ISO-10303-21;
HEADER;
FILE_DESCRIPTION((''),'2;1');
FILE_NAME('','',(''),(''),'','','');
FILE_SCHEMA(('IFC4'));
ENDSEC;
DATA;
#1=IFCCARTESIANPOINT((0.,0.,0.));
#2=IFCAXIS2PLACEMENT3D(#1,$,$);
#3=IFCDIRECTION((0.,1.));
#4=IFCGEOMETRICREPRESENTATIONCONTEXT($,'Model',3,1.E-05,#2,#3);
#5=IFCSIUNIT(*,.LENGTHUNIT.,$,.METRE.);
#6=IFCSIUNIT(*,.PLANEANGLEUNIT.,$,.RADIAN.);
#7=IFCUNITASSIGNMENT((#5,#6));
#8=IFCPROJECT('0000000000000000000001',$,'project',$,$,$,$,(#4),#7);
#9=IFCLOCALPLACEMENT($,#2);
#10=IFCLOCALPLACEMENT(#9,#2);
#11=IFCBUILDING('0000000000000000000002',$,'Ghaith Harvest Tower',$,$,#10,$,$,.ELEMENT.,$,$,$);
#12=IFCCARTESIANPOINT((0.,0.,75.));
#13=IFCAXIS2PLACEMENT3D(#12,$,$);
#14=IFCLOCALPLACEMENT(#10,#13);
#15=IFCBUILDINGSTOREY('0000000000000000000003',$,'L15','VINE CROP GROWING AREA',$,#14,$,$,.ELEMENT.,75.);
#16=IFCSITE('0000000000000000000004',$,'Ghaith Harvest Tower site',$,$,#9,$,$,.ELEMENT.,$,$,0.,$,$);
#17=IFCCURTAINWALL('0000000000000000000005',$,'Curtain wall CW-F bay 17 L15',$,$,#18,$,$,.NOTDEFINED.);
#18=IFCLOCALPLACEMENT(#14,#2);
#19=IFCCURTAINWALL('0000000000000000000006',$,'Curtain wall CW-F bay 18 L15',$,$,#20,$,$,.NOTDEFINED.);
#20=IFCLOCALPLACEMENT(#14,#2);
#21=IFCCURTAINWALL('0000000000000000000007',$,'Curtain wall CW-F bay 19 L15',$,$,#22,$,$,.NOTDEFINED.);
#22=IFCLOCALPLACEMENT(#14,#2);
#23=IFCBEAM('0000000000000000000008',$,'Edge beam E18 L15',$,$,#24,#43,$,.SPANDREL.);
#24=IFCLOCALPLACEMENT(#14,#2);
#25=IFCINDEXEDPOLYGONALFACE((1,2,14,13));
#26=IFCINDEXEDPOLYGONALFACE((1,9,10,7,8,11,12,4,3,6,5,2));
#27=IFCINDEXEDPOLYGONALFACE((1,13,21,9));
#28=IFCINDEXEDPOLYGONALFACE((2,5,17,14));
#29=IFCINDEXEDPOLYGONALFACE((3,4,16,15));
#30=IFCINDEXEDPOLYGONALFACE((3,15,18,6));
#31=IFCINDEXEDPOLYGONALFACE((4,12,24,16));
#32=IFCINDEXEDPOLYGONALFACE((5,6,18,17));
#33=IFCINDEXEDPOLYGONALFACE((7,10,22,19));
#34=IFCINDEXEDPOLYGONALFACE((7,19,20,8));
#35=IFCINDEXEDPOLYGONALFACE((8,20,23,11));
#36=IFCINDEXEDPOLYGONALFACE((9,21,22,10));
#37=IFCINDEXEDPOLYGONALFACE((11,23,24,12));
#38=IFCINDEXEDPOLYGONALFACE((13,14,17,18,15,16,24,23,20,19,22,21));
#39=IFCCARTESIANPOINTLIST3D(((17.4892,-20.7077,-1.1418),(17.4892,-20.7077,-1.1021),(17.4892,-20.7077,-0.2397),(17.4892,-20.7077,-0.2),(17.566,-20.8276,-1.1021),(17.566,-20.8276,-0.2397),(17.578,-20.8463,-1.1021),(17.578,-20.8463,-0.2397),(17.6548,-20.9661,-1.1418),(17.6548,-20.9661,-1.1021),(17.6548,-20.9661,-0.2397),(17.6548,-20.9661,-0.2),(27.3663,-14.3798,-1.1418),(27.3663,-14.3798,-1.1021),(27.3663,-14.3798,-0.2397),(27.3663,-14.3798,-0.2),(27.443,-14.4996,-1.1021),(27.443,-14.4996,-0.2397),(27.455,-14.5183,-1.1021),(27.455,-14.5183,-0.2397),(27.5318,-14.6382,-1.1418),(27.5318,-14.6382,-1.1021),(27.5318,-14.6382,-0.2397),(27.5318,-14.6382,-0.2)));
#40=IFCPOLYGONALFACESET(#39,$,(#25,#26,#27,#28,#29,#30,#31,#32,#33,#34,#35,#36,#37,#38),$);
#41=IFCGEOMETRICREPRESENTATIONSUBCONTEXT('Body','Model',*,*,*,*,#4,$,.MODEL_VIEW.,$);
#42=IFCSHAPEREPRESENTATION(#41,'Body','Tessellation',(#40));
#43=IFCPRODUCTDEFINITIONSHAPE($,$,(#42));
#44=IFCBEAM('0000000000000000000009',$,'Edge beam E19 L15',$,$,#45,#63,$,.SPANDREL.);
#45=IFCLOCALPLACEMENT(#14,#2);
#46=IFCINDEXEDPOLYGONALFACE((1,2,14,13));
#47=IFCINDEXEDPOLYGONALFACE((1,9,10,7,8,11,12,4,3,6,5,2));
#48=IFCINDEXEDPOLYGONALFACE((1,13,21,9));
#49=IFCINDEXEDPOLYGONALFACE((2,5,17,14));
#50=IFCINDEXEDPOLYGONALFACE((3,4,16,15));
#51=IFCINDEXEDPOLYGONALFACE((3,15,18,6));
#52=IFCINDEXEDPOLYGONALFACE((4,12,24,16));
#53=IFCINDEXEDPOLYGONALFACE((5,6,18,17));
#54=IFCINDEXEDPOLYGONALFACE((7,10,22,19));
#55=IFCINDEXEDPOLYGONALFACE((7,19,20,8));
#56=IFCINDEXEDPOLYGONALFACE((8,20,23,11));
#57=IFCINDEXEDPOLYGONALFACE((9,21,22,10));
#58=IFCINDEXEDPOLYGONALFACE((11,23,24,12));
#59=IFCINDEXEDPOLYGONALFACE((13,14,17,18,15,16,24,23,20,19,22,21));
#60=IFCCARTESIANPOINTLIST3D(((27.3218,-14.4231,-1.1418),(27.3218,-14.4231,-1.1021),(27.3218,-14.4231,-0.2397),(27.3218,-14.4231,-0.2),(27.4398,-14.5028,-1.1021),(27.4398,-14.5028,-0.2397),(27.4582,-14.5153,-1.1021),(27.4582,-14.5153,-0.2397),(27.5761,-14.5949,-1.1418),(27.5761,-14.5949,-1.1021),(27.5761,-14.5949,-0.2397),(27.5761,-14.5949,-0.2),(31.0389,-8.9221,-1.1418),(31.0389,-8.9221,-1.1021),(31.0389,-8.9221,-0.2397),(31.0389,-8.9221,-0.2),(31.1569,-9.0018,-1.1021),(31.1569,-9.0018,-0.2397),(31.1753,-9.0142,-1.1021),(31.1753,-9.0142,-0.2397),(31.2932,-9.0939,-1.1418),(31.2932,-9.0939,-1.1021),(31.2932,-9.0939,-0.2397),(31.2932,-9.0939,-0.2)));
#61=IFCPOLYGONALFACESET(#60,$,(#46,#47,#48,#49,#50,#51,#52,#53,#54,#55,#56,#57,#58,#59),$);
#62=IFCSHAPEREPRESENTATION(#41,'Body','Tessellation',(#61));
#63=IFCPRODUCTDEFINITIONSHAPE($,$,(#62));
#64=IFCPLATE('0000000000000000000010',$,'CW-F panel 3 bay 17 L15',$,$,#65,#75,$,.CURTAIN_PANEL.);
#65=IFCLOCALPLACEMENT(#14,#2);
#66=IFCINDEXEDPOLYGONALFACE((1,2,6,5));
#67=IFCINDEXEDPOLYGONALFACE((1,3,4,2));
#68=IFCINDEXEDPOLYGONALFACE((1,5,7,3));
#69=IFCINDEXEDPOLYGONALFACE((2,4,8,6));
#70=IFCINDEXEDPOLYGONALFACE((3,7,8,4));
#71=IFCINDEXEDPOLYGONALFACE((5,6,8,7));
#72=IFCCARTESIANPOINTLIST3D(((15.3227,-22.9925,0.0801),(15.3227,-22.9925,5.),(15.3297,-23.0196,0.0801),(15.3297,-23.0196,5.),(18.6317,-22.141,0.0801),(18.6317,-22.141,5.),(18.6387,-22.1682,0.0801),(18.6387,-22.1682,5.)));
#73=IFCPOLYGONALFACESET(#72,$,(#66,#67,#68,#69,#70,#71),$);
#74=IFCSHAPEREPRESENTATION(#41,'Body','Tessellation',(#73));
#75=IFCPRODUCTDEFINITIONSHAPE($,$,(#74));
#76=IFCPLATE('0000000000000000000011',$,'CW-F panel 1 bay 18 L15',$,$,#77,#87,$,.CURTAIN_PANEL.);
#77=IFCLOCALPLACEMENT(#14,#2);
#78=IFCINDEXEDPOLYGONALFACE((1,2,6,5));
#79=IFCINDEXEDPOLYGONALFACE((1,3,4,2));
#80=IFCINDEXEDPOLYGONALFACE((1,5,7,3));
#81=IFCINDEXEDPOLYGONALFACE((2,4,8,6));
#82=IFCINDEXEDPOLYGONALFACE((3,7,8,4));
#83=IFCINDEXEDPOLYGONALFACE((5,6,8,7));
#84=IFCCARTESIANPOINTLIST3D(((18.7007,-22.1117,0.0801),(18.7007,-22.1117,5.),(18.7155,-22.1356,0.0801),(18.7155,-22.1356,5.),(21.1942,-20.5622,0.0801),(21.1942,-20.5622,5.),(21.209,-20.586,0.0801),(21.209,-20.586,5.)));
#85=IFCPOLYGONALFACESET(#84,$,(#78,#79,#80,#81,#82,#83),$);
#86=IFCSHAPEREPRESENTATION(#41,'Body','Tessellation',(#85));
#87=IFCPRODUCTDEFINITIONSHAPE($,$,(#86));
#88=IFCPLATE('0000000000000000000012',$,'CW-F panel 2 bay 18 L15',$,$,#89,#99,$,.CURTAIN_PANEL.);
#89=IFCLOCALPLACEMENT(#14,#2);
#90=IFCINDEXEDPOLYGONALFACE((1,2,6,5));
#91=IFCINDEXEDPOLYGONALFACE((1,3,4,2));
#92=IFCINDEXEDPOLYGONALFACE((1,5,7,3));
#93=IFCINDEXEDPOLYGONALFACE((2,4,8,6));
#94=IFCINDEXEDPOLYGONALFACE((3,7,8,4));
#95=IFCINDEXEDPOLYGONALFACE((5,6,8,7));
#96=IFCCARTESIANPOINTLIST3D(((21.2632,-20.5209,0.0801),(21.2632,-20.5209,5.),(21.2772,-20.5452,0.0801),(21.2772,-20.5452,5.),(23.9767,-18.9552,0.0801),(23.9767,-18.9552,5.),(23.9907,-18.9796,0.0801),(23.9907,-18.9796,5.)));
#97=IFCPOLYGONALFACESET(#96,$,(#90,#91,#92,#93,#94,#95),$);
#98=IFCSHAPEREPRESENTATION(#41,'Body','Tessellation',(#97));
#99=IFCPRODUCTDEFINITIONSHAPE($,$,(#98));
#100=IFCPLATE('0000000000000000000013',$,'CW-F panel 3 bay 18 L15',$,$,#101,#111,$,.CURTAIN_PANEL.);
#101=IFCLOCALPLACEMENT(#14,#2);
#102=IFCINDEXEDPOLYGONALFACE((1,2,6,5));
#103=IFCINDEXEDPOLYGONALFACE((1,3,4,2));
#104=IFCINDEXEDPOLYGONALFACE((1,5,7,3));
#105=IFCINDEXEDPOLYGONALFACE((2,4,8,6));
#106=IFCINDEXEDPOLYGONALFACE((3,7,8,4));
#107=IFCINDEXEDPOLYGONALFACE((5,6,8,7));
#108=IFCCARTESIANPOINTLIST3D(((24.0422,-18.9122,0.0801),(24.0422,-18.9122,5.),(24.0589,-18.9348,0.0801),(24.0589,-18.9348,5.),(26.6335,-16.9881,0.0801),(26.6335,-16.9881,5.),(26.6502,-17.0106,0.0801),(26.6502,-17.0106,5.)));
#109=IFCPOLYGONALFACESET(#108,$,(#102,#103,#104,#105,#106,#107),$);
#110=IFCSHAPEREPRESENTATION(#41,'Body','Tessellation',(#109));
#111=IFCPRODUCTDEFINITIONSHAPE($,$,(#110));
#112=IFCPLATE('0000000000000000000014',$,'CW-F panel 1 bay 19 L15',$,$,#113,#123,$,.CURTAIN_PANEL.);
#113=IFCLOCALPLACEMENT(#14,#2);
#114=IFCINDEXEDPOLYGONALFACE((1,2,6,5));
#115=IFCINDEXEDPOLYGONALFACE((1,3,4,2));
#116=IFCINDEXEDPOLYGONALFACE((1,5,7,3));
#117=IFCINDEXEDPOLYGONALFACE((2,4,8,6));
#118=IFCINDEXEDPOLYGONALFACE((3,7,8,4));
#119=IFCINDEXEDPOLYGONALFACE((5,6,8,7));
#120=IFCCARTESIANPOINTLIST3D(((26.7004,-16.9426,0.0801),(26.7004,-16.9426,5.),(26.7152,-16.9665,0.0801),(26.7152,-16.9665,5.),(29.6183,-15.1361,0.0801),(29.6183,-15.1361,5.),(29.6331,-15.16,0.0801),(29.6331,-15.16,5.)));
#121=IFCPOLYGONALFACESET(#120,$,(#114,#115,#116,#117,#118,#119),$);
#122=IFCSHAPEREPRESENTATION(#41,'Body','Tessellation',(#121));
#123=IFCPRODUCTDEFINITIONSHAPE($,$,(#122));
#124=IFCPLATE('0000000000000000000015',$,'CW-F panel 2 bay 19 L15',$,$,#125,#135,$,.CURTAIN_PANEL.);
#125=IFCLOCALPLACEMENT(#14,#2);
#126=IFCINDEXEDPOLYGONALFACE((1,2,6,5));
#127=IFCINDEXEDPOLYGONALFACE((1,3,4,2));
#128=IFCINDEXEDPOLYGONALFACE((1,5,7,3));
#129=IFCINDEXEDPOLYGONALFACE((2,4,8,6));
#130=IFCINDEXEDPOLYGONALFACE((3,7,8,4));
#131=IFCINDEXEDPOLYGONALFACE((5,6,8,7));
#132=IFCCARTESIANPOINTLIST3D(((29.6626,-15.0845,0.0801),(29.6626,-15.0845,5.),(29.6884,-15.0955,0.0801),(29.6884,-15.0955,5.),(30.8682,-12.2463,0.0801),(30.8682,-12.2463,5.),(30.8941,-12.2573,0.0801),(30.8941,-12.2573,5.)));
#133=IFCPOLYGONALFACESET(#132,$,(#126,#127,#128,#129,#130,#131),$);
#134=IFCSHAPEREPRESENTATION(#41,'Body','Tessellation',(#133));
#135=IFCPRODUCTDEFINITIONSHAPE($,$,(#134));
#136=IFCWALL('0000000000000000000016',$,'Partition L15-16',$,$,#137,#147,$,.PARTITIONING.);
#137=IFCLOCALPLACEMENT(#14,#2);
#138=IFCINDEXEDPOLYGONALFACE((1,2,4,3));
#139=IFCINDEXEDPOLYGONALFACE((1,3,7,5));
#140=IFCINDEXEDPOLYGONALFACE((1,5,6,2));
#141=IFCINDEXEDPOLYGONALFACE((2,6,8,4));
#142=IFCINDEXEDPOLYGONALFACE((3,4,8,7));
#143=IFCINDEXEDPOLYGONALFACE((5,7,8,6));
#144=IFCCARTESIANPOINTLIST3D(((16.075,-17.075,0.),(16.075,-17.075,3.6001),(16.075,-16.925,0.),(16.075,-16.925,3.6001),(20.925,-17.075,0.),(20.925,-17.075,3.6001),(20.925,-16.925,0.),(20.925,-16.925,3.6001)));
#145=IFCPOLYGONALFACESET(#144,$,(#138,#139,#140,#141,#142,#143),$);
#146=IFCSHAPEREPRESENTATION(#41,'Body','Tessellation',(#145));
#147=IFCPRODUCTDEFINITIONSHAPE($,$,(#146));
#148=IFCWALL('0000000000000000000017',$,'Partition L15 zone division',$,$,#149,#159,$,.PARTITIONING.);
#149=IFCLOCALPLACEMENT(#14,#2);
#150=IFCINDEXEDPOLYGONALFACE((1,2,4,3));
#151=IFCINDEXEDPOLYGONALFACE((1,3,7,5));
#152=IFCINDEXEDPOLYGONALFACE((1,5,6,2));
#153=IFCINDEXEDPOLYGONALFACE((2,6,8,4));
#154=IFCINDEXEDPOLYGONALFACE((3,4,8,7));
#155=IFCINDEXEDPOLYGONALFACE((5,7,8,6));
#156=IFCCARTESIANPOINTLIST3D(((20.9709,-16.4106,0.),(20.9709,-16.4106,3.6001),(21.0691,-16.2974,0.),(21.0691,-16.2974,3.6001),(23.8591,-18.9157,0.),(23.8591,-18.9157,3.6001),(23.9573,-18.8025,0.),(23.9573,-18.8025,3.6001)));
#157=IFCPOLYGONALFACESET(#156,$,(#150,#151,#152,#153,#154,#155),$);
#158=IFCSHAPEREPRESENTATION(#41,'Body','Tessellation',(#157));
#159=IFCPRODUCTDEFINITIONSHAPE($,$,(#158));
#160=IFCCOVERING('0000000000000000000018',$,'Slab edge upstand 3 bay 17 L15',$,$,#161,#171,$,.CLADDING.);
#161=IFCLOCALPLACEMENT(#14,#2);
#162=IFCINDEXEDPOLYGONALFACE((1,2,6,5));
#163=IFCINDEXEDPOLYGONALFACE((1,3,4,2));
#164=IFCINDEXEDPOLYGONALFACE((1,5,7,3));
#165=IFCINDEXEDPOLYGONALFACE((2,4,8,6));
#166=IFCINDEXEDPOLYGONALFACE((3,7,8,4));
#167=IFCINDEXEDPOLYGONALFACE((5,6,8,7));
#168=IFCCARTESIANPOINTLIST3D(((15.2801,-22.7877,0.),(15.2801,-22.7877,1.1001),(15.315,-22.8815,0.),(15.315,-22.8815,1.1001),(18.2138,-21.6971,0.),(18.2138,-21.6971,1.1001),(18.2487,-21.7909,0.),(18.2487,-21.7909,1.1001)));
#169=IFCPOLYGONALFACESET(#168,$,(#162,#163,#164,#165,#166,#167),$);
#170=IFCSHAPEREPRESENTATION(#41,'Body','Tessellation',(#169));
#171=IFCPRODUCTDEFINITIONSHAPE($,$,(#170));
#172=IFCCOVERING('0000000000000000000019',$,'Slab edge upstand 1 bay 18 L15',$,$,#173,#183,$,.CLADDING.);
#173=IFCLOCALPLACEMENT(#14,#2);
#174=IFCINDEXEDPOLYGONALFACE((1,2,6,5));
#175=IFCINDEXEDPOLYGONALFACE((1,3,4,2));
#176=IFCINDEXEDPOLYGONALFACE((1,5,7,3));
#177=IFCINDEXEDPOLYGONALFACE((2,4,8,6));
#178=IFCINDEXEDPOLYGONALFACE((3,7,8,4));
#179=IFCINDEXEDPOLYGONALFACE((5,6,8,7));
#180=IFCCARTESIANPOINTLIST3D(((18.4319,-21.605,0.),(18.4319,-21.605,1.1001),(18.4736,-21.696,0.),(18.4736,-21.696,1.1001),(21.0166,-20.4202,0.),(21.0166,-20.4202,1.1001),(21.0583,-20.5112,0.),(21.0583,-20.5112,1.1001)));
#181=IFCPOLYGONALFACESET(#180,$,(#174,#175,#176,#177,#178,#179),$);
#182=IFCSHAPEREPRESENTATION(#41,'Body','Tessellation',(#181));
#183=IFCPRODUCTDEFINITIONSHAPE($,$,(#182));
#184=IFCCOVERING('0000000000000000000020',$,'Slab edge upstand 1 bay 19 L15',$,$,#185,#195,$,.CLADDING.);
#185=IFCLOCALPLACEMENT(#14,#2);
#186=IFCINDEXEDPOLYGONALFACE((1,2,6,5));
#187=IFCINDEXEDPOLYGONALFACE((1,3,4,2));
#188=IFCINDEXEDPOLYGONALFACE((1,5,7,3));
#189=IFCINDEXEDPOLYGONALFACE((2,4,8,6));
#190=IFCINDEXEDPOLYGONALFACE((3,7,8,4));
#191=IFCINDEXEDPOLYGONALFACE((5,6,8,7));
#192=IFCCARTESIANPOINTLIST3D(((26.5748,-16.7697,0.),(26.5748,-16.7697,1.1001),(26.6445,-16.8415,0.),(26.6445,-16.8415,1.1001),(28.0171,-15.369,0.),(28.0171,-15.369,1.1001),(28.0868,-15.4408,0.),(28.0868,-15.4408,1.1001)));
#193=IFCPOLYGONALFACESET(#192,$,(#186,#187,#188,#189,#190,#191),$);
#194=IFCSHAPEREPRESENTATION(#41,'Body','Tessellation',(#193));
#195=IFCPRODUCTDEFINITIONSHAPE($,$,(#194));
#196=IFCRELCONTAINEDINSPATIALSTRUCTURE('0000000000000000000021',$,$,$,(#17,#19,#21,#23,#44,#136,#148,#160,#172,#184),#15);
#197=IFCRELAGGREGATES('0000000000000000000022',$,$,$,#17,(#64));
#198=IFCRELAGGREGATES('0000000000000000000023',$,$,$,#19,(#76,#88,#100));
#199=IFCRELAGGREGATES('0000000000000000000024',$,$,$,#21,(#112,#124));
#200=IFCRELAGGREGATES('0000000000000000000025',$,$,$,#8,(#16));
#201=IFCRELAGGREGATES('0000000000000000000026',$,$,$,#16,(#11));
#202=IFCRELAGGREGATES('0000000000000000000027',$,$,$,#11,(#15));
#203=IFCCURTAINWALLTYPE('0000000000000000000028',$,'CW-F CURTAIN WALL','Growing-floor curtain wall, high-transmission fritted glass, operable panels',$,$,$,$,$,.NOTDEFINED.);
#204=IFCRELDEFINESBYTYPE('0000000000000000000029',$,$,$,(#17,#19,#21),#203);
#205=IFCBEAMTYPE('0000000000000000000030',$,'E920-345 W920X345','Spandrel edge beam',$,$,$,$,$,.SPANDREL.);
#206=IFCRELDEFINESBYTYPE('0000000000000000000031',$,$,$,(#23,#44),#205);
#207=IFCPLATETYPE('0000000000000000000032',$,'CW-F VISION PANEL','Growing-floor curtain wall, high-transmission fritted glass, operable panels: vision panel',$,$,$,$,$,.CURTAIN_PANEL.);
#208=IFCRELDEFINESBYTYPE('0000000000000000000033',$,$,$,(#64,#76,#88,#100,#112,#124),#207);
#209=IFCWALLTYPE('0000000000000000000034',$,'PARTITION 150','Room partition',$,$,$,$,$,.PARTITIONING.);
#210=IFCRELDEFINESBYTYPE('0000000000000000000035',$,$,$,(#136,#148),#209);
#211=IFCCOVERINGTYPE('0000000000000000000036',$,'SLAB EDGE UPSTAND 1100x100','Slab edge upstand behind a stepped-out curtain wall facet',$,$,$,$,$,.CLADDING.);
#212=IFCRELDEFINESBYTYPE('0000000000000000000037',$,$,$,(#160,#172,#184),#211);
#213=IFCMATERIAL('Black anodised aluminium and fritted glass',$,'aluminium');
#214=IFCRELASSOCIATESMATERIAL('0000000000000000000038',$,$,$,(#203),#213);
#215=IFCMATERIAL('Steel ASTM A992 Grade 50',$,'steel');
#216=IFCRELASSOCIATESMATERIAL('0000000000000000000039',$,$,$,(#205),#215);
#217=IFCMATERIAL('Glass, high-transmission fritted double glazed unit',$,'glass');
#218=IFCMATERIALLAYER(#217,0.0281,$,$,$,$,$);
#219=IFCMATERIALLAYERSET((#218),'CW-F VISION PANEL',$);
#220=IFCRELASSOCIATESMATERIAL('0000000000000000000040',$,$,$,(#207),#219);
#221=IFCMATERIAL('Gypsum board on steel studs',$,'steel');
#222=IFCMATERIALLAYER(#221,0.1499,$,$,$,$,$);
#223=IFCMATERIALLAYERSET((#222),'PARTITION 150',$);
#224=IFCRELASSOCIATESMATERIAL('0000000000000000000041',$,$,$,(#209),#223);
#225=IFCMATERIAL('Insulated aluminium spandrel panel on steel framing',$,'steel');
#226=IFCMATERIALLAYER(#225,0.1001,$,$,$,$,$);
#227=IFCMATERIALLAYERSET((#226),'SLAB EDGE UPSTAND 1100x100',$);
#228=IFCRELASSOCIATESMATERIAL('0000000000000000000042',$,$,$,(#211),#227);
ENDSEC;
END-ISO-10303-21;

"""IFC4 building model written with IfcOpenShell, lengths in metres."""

from ifc_helpers import new_model, si_unit, direction, frame, frame_2d, origin, origin_2d, place, context, subcontext, project, spatial, rectangle, i_section, extrude, material, layer, layer_set, material_profile, profile_set, type_object, element, aggregate, save


model = new_model("IFC4")

# Units and contexts
model_context = context("Model", 3, precision=1e-05, world=origin(), true_north=direction((0.0, 1.0)))
body_context = subcontext(model_context, "Body", "Model", "MODEL_VIEW")
ifc_project = project(units=[si_unit("LENGTHUNIT", "METRE"), si_unit("PLANEANGLEUNIT", "RADIAN")], contexts=[model_context])

# Site, building, storey
site_placement = place(None, origin())
site = spatial("IfcSite", under=ifc_project, at=site_placement, Name="Ghaith Harvest Tower site", CompositionType="ELEMENT", RefElevation=0.0)
building_placement = place(site_placement, origin())
building = spatial("IfcBuilding", under=site, at=building_placement, Name="Ghaith Harvest Tower", CompositionType="ELEMENT")
storey_placement = place(building_placement, frame((0.0, 0.0, 75.0)))
storey = spatial("IfcBuildingStorey", under=building, at=storey_placement, Name="L15", Description="VINE CROP GROWING AREA", CompositionType="ELEMENT", Elevation=75.0)

# Curtain wall
ifc_material_1 = material(Name="Black anodised aluminium and fritted glass", Category="aluminium")
curtain_wall_type = type_object("IfcCurtainWallType", Name="CW-F CURTAIN WALL", Description="Growing-floor curtain wall, high-transmission fritted glass, operable panels", PredefinedType="NOTDEFINED", material=ifc_material_1)
curtain_wall_1_placement = place(storey_placement, origin())
curtain_wall_1 = element("IfcCurtainWall", 1, at=curtain_wall_1_placement, inside=storey, type_object=curtain_wall_type, Name="Curtain wall CW-F bay 17 L15", PredefinedType="NOTDEFINED")

# Curtain walls
curtain_wall_2_placement = place(storey_placement, origin())
curtain_wall_2 = element("IfcCurtainWall", 2, at=curtain_wall_2_placement, inside=storey, type_object=curtain_wall_type, Name="Curtain wall CW-F bay 18 L15", PredefinedType="NOTDEFINED")
curtain_wall_3_placement = place(storey_placement, origin())
curtain_wall_3 = element("IfcCurtainWall", 3, at=curtain_wall_3_placement, inside=storey, type_object=curtain_wall_type, Name="Curtain wall CW-F bay 19 L15", PredefinedType="NOTDEFINED")

# Beams
ifc_material_2 = material(Name="Steel ASTM A992 Grade 50", Category="steel")
ifc_material_profile_1 = material_profile(ifc_material_2, i_section(OverallWidth=0.3069, OverallDepth=0.9419, WebThickness=0.0222, FlangeThickness=0.0398, at=origin_2d()), Name="W920X345")
ifc_profile_set_1 = profile_set([ifc_material_profile_1], Name="Steel ASTM A992 Grade 50")
beam_type = type_object("IfcBeamType", Name="E920-345 W920X345", Description="Spandrel edge beam", PredefinedType="SPANDREL", material=ifc_profile_set_1)
beam_1_placement = place(storey_placement, frame((17.572, -20.8369, -0.6709), z_axis=(0.842015, 0.539455, 0.0), x_axis=(-0.539455, 0.842015, 0.0)))
element("IfcBeam", 4, at=beam_1_placement, inside=storey, type_object=beam_type, Name="Edge beam E18 L15", PredefinedType="SPANDREL", context=body_context, shape_type="SweptSolid", body=[
    extrude(i_section(OverallWidth=0.3069, OverallDepth=0.9419, WebThickness=0.0222, FlangeThickness=0.0398, at=origin_2d()), origin(), (0.0, 0.0, 1.0), 11.7302),
])
beam_2_placement = place(storey_placement, frame((27.449, -14.509, -0.6709), z_axis=(0.559874, 0.828577, 0.0), x_axis=(-0.828577, 0.559874, 0.0)))
element("IfcBeam", 5, at=beam_2_placement, inside=storey, type_object=beam_type, Name="Edge beam E19 L15", PredefinedType="SPANDREL", context=body_context, shape_type="SweptSolid", body=[
    extrude(i_section(OverallWidth=0.3069, OverallDepth=0.9419, WebThickness=0.0222, FlangeThickness=0.0398, at=origin_2d()), origin(), (0.0, 0.0, 1.0), 6.6392),
])

# Plates
ifc_material_3 = material(Name="Glass, high-transmission fritted double glazed unit", Category="glass")
ifc_layer_1 = layer(ifc_material_3, 0.0281)
ifc_layer_set_1 = layer_set([ifc_layer_1], Name="CW-F VISION PANEL")
plate_type = type_object("IfcPlateType", Name="CW-F VISION PANEL", Description="Growing-floor curtain wall, high-transmission fritted glass, operable panels: vision panel", PredefinedType="CURTAIN_PANEL", material=ifc_layer_set_1)
plate_1_placement = place(storey_placement, frame((16.9807, -22.5803, 0.0801), z_axis=(0.0, 0.0, 1.0), x_axis=(0.968451, 0.249202, 0.0)))
plate_1 = element("IfcPlate", 6, at=plate_1_placement, type_object=plate_type, Name="CW-F panel 3 bay 17 L15", PredefinedType="CURTAIN_PANEL", context=body_context, shape_type="SweptSolid", body=[
    extrude(rectangle(XDim=3.4167, YDim=0.0281, at=origin_2d()), origin(), (0.0, 0.0, 1.0), 4.9199),
])
aggregate(curtain_wall_1, [plate_1])
plate_2_placement = place(storey_placement, frame((19.9548, -21.3489, 0.0801), z_axis=(0.0, 0.0, 1.0), x_axis=(0.849361, 0.527813, 0.0)))
plate_2 = element("IfcPlate", 7, at=plate_2_placement, type_object=plate_type, Name="CW-F panel 1 bay 18 L15", PredefinedType="CURTAIN_PANEL", context=body_context, shape_type="SweptSolid", body=[
    extrude(rectangle(XDim=2.9358, YDim=0.0281, at=origin_2d()), origin(), (0.0, 0.0, 1.0), 4.9199),
])
plate_3_placement = place(storey_placement, frame((22.627, -19.7502, 0.0801), z_axis=(0.0, 0.0, 1.0), x_axis=(0.866159, 0.499768, 0.0)))
plate_3 = element("IfcPlate", 8, at=plate_3_placement, type_object=plate_type, Name="CW-F panel 2 bay 18 L15", PredefinedType="CURTAIN_PANEL", context=body_context, shape_type="SweptSolid", body=[
    extrude(rectangle(XDim=3.1328, YDim=0.0281, at=origin_2d()), origin(), (0.0, 0.0, 1.0), 4.9199),
])
plate_4_placement = place(storey_placement, frame((25.3462, -17.9614, 0.0801), z_axis=(0.0, 0.0, 1.0), x_axis=(0.802867, 0.596158, 0.0)))
plate_4 = element("IfcPlate", 9, at=plate_4_placement, type_object=plate_type, Name="CW-F panel 3 bay 18 L15", PredefinedType="CURTAIN_PANEL", context=body_context, shape_type="SweptSolid", body=[
    extrude(rectangle(XDim=3.2275, YDim=0.0281, at=origin_2d()), origin(), (0.0, 0.0, 1.0), 4.9199),
])
aggregate(curtain_wall_2, [plate_2, plate_3, plate_4])
plate_5_placement = place(storey_placement, frame((28.1667, -16.0513, 0.0801), z_axis=(0.0, 0.0, 1.0), x_axis=(0.850246, 0.526386, 0.0)))
plate_5 = element("IfcPlate", 10, at=plate_5_placement, type_object=plate_type, Name="CW-F panel 1 bay 19 L15", PredefinedType="CURTAIN_PANEL", context=body_context, shape_type="SweptSolid", body=[
    extrude(rectangle(XDim=3.4319, YDim=0.0281, at=origin_2d()), origin(), (0.0, 0.0, 1.0), 4.9199),
])
plate_6_placement = place(storey_placement, frame((30.2783, -13.6709, 0.0801), z_axis=(0.0, 0.0, 1.0), x_axis=(0.39098, 0.920399, 0.0)))
plate_6 = element("IfcPlate", 11, at=plate_6_placement, type_object=plate_type, Name="CW-F panel 2 bay 19 L15", PredefinedType="CURTAIN_PANEL", context=body_context, shape_type="SweptSolid", body=[
    extrude(rectangle(XDim=3.0837, YDim=0.0281, at=origin_2d()), origin(), (0.0, 0.0, 1.0), 4.9199),
])
aggregate(curtain_wall_3, [plate_5, plate_6])

# Walls
ifc_material_4 = material(Name="Gypsum board on steel studs", Category="steel")
ifc_layer_2 = layer(ifc_material_4, 0.1499)
ifc_layer_set_2 = layer_set([ifc_layer_2], Name="PARTITION 150")
wall_type = type_object("IfcWallType", Name="PARTITION 150", Description="Room partition", PredefinedType="PARTITIONING", material=ifc_layer_set_2)
wall_1_placement = place(storey_placement, frame((16.075, -17.0, 0.0), z_axis=(0.0, 0.0, 1.0), x_axis=(1.0, 0.0, 0.0)))
element("IfcWall", 12, at=wall_1_placement, inside=storey, type_object=wall_type, Name="Partition L15-16", PredefinedType="PARTITIONING", context=body_context, shape_type="SweptSolid", body=[
    extrude(rectangle(XDim=4.8501, YDim=0.1499, at=frame_2d((2.425, 0.0))), origin(), (0.0, 0.0, 1.0), 3.6001),
])
wall_2_placement = place(storey_placement, frame((21.02, -16.354, 0.0), z_axis=(0.0, 0.0, 1.0), x_axis=(0.755426, -0.655234, 0.0)))
element("IfcWall", 13, at=wall_2_placement, inside=storey, type_object=wall_type, Name="Partition L15 zone division", PredefinedType="PARTITIONING", context=body_context, shape_type="SweptSolid", body=[
    extrude(rectangle(XDim=3.8232, YDim=0.1499, at=frame_2d((1.9116, 0.0))), origin(), (0.0, 0.0, 1.0), 3.6001),
])

# Coverings
ifc_material_5 = material(Name="Insulated aluminium spandrel panel on steel framing", Category="steel")
ifc_layer_3 = layer(ifc_material_5, 0.1001)
ifc_layer_set_3 = layer_set([ifc_layer_3], Name="SLAB EDGE UPSTAND 1100x100")
covering_type = type_object("IfcCoveringType", Name="SLAB EDGE UPSTAND 1100x100", Description="Slab edge upstand behind a stepped-out curtain wall facet", PredefinedType="CLADDING", material=ifc_layer_set_3)
covering_1_placement = place(storey_placement, frame((16.7644, -22.2893, 0.0), z_axis=(0.0, 0.0, 1.0), x_axis=(0.937332, 0.348438, 0.0)))
element("IfcCovering", 14, at=covering_1_placement, inside=storey, type_object=covering_type, Name="Slab edge upstand 3 bay 17 L15", PredefinedType="CLADDING", context=body_context, shape_type="SweptSolid", body=[
    extrude(rectangle(XDim=3.1299, YDim=0.1001, at=origin_2d()), origin(), (0.0, 0.0, 1.0), 1.1001),
])
covering_2_placement = place(storey_placement, frame((19.7451, -21.0581, 0.0), z_axis=(0.0, 0.0, 1.0), x_axis=(0.909046, 0.416696, 0.0)))
element("IfcCovering", 15, at=covering_2_placement, inside=storey, type_object=covering_type, Name="Slab edge upstand 1 bay 18 L15", PredefinedType="CLADDING", context=body_context, shape_type="SweptSolid", body=[
    extrude(rectangle(XDim=2.8433, YDim=0.1001, at=origin_2d()), origin(), (0.0, 0.0, 1.0), 1.1001),
])
covering_3_placement = place(storey_placement, frame((27.3308, -16.1052, 0.0), z_axis=(0.0, 0.0, 1.0), x_axis=(0.717386, 0.696675, 0.0)))
element("IfcCovering", 16, at=covering_3_placement, inside=storey, type_object=covering_type, Name="Slab edge upstand 1 bay 19 L15", PredefinedType="CLADDING", context=body_context, shape_type="SweptSolid", body=[
    extrude(rectangle(XDim=2.0105, YDim=0.1001, at=origin_2d()), origin(), (0.0, 0.0, 1.0), 1.1001),
])

save(model, "model.ifc")
